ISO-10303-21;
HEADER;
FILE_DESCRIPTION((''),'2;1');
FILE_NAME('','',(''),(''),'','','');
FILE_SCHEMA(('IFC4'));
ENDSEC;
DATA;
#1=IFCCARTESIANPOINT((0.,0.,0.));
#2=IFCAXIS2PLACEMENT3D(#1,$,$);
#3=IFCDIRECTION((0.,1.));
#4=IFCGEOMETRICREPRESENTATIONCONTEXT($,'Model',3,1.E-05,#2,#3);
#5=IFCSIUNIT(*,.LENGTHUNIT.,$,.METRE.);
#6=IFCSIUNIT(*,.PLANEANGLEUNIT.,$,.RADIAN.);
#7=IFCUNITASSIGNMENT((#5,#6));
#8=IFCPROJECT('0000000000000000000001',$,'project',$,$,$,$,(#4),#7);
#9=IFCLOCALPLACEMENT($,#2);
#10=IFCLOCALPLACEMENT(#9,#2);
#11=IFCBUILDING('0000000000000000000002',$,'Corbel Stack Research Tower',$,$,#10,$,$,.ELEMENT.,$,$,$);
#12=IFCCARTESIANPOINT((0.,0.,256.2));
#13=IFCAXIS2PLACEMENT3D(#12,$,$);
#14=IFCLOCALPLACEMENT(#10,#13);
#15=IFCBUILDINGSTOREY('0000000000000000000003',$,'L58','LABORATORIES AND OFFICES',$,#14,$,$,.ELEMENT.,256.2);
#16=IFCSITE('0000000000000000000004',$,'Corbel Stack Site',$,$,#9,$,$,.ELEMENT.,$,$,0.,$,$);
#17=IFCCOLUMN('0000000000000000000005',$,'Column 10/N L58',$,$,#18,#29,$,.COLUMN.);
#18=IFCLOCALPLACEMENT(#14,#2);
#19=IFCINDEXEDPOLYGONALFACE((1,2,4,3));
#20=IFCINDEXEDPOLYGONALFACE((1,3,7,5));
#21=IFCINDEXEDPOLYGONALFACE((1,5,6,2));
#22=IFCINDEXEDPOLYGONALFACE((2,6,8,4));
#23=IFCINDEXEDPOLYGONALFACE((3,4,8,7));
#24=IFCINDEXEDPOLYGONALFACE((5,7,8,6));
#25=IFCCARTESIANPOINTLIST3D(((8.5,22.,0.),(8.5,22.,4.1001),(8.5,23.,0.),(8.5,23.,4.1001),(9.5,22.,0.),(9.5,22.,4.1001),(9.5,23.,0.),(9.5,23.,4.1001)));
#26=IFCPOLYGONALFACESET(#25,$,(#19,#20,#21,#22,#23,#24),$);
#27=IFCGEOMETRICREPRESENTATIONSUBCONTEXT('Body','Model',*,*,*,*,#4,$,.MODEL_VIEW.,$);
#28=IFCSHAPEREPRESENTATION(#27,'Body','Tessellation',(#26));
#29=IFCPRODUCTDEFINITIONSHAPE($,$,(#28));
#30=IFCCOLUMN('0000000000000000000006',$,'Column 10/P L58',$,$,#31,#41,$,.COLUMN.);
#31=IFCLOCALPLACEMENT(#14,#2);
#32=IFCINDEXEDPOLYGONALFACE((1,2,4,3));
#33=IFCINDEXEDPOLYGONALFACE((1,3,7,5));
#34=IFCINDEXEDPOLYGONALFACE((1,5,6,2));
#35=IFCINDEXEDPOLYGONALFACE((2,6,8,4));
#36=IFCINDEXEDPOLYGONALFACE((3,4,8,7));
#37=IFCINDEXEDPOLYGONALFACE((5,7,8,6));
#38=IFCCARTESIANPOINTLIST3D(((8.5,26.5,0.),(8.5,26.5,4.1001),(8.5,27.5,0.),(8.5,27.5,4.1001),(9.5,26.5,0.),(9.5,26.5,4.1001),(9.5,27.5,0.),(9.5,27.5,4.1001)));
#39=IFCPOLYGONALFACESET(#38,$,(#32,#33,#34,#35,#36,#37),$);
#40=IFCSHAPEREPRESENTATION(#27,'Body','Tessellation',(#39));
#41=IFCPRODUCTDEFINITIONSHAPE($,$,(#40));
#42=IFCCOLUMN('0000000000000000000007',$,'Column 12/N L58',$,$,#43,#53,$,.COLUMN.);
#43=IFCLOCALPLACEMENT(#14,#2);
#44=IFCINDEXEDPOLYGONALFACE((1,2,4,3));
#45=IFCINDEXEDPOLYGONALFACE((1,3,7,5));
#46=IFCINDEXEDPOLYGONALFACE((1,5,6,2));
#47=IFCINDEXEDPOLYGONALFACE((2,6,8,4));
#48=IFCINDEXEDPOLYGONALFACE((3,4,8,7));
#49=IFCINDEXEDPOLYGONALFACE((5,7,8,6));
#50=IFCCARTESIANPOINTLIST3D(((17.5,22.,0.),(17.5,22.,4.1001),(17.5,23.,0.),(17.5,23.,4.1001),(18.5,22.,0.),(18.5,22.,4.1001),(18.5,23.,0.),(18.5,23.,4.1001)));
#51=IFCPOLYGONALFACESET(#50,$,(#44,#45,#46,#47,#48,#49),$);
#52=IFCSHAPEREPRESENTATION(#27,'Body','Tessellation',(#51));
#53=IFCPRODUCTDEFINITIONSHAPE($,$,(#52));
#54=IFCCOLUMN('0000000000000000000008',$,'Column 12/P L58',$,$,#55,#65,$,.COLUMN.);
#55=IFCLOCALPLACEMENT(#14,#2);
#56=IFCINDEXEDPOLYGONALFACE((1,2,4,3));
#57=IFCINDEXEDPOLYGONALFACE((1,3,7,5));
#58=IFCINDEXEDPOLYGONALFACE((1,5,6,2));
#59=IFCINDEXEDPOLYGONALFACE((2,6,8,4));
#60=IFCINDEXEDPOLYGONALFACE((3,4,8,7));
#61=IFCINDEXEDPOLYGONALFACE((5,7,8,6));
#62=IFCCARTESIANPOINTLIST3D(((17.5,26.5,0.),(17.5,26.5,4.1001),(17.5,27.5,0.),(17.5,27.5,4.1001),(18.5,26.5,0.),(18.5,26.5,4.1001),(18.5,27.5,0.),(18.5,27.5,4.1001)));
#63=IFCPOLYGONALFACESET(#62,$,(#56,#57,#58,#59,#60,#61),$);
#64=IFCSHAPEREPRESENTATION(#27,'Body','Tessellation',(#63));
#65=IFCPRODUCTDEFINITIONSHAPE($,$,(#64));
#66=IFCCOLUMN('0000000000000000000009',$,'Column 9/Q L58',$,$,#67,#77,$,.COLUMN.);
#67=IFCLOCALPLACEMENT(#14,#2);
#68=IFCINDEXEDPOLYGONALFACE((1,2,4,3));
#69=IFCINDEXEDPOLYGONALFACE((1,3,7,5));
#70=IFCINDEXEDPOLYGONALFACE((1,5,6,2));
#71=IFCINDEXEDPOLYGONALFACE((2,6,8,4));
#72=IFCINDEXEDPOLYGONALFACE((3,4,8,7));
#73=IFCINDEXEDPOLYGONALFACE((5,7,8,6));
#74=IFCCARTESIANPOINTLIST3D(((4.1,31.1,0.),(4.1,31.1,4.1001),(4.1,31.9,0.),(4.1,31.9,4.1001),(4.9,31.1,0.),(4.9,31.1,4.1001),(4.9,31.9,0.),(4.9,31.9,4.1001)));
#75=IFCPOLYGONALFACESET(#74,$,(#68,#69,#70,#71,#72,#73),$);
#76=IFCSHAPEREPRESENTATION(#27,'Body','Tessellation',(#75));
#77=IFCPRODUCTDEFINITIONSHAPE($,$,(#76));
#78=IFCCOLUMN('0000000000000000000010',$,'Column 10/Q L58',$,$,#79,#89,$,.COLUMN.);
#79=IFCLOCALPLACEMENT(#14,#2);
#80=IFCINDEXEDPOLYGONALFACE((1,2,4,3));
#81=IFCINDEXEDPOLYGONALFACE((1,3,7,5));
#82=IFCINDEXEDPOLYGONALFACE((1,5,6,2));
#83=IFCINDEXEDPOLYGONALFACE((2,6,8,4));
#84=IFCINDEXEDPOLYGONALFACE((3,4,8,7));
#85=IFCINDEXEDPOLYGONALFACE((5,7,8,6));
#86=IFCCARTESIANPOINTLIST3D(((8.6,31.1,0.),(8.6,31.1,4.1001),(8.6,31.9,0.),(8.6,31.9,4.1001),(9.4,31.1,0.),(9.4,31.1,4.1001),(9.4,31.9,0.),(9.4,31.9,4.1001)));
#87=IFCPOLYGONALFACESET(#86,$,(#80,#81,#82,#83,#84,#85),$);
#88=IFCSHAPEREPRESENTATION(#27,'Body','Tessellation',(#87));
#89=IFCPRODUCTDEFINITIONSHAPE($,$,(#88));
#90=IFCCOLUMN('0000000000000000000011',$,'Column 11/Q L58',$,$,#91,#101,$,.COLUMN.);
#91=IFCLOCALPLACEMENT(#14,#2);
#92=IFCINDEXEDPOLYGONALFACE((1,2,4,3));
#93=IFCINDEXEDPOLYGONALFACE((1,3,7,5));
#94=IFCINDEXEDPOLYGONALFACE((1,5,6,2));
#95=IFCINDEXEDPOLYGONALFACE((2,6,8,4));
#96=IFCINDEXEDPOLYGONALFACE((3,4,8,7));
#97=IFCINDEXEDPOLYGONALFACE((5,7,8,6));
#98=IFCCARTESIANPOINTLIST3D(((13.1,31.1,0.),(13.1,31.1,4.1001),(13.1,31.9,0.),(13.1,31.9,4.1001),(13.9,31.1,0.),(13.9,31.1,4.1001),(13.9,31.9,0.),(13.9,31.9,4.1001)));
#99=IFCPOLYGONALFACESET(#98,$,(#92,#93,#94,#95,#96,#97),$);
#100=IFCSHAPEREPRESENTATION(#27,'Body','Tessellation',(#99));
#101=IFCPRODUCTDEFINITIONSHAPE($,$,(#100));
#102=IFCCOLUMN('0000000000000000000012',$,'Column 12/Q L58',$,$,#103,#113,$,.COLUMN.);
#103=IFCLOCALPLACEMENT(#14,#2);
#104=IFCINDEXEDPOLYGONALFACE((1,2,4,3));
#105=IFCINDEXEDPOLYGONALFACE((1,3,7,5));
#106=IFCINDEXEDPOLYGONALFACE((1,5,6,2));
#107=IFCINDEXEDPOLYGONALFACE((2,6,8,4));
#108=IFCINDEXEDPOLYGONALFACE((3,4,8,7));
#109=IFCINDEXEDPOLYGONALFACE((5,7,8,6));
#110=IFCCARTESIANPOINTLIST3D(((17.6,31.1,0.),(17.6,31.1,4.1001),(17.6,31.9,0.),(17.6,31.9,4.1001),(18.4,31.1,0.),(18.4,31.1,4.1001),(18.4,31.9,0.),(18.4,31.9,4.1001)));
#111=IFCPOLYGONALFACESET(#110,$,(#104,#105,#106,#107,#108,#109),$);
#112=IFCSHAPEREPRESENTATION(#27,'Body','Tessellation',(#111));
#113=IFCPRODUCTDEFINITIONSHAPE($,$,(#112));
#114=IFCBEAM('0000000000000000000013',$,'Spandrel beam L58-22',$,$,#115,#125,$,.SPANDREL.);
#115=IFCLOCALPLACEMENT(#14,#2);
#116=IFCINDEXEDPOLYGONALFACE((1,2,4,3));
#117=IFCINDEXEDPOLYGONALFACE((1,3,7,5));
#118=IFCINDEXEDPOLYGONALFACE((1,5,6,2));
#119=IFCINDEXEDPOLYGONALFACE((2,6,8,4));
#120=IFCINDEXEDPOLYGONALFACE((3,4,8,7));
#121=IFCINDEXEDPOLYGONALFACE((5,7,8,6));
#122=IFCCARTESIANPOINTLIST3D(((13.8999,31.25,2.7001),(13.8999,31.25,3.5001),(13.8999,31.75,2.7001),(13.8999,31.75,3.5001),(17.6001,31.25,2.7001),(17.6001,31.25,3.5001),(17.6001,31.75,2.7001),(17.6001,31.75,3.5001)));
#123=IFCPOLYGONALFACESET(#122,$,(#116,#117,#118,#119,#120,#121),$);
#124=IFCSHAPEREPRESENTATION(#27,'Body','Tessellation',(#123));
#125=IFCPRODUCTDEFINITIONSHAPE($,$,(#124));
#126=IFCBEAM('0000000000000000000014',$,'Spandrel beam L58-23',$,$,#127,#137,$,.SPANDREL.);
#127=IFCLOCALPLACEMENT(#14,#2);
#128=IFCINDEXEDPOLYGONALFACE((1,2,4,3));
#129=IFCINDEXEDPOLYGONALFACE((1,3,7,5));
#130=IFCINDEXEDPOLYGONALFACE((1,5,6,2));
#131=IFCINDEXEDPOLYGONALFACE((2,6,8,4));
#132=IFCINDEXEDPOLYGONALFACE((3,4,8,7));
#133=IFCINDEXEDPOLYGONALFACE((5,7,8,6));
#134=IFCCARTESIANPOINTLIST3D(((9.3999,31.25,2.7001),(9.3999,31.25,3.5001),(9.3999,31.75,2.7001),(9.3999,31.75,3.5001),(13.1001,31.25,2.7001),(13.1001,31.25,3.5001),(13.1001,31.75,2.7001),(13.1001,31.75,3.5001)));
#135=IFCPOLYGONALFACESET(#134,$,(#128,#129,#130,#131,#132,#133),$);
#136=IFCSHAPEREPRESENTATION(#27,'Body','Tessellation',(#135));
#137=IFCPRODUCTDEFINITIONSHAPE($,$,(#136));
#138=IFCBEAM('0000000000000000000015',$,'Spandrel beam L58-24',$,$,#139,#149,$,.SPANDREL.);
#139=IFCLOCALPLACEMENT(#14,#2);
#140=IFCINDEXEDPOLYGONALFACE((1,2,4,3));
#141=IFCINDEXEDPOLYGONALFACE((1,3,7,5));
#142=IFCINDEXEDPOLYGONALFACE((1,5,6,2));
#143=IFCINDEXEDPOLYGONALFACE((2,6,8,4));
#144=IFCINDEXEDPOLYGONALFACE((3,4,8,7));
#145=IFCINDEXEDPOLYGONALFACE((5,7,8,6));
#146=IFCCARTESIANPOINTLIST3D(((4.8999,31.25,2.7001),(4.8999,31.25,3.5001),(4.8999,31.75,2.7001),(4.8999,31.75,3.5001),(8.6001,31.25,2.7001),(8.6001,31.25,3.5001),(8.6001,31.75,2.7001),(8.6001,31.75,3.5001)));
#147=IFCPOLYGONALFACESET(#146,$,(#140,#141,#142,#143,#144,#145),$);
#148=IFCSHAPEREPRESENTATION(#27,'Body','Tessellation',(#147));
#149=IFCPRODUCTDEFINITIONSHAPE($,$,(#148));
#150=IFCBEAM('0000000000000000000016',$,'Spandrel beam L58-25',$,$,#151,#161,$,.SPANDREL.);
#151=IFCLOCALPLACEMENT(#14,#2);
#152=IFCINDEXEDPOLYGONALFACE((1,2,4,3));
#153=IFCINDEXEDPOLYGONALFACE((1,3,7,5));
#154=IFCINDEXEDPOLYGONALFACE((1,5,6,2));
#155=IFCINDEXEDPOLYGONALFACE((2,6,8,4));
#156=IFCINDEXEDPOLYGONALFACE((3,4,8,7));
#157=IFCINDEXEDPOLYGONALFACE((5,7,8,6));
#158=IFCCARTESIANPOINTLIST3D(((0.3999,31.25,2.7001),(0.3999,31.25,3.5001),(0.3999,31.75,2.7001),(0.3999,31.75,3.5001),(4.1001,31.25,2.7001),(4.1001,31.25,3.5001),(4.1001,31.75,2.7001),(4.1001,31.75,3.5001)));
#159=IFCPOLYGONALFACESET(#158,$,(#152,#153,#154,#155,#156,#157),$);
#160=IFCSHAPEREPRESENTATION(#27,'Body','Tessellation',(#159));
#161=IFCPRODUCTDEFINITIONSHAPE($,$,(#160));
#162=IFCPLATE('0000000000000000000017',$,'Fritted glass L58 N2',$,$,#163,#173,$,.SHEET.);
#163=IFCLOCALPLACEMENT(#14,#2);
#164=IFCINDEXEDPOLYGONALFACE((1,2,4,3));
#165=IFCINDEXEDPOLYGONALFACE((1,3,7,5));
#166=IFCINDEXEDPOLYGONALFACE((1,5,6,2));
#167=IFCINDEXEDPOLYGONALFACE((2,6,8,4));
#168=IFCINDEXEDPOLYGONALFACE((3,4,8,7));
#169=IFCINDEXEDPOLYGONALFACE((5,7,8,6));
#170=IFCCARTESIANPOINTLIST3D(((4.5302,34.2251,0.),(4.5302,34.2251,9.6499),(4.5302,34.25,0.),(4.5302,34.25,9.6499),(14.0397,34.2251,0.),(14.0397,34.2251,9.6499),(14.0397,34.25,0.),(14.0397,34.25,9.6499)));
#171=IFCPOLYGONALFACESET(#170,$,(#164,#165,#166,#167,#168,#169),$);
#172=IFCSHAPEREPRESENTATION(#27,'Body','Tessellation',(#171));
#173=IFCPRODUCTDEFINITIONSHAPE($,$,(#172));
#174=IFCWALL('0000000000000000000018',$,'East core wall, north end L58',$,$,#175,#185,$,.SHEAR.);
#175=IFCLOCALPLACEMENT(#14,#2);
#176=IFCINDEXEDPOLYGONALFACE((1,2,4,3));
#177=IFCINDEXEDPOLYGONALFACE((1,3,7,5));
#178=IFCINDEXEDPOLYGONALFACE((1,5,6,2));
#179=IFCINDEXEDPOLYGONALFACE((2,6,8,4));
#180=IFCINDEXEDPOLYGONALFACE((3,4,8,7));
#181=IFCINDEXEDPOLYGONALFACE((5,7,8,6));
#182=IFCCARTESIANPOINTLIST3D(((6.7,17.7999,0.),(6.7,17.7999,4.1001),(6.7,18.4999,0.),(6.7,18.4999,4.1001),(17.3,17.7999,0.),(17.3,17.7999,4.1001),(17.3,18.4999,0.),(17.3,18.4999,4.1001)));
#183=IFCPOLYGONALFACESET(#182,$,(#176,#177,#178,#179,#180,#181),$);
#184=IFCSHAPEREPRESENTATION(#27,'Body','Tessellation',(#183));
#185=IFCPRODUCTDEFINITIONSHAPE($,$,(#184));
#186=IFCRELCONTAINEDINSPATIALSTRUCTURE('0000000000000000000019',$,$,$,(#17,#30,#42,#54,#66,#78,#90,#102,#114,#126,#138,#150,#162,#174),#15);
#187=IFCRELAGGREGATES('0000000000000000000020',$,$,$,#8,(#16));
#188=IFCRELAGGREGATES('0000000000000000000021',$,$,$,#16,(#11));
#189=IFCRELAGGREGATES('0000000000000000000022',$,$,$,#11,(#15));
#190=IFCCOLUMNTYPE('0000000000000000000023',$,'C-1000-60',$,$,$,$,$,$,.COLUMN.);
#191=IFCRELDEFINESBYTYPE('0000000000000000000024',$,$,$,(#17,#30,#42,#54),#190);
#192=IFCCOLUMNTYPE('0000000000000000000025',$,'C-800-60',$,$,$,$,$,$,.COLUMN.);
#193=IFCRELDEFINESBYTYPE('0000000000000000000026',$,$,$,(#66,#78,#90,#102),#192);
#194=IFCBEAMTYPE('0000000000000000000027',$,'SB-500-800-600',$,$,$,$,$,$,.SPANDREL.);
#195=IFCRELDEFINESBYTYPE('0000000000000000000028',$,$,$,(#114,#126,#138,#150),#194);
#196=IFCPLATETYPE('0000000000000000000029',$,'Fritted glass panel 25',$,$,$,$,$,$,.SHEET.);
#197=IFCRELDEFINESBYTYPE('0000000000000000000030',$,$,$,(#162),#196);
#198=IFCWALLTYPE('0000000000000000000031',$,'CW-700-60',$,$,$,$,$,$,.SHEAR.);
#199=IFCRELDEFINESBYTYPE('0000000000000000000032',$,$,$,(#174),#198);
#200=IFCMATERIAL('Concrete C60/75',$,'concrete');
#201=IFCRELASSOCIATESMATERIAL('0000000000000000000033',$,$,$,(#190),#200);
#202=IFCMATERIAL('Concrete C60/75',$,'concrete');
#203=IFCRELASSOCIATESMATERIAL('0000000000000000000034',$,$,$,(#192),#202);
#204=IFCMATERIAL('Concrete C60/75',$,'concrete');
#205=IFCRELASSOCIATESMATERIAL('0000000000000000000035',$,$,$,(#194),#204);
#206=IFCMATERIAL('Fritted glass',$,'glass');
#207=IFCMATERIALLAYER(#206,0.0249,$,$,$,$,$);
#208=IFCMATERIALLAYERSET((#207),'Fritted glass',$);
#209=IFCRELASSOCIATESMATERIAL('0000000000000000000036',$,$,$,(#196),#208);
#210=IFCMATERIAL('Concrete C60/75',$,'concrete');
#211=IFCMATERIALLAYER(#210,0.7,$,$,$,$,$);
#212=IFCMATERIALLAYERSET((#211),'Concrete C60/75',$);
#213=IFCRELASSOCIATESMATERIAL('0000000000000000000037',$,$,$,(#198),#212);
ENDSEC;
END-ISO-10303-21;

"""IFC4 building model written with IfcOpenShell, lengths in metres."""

from ifc_helpers import new_model, si_unit, direction, frame, frame_2d, origin, origin_2d, place, context, subcontext, project, spatial, rectangle, extrude, material, layer, layer_set, material_profile, profile_set, type_object, element, save


model = new_model("IFC4")

# Units and contexts
model_context = context("Model", 3, precision=1e-05, world=origin(), true_north=direction((0.0, 1.0)))
body_context = subcontext(model_context, "Body", "Model", "MODEL_VIEW")
ifc_project = project(units=[si_unit("LENGTHUNIT", "METRE"), si_unit("PLANEANGLEUNIT", "RADIAN")], contexts=[model_context])

# Site, building, storey
site_placement = place(None, origin())
site = spatial("IfcSite", under=ifc_project, at=site_placement, Name="Corbel Stack Site", CompositionType="ELEMENT", RefElevation=0.0)
building_placement = place(site_placement, origin())
building = spatial("IfcBuilding", under=site, at=building_placement, Name="Corbel Stack Research Tower", CompositionType="ELEMENT")
storey_placement = place(building_placement, frame((0.0, 0.0, 256.2)))
storey = spatial("IfcBuildingStorey", under=building, at=storey_placement, Name="L58", Description="LABORATORIES AND OFFICES", CompositionType="ELEMENT", Elevation=256.2)

# Columns
ifc_material_1 = material(Name="Concrete C60/75", Category="concrete")
ifc_material_profile_1 = material_profile(ifc_material_1, rectangle(XDim=1.0, YDim=1.0, at=origin_2d()), Name="RC 1000 x 1000")
ifc_profile_set_1 = profile_set([ifc_material_profile_1], Name="Concrete C60/75")
column_type_1 = type_object("IfcColumnType", Name="C-1000-60", PredefinedType="COLUMN", material=ifc_profile_set_1)
for number, where, z_axis, x_axis, name in (
    (1, (9.0, 22.5, 0.0), (0.0, 0.0, 1.0), (1.0, 0.0, 0.0), "Column 10/N L58"),
    (2, (9.0, 27.0, 0.0), (0.0, 0.0, 1.0), (1.0, 0.0, 0.0), "Column 10/P L58"),
    (3, (18.0, 22.5, 0.0), (0.0, 0.0, 1.0), (1.0, 0.0, 0.0), "Column 12/N L58"),
    (4, (18.0, 27.0, 0.0), (0.0, 0.0, 1.0), (1.0, 0.0, 0.0), "Column 12/P L58"),
):
    element("IfcColumn", number, at=place(storey_placement, frame(where, z_axis=z_axis, x_axis=x_axis)), inside=storey, type_object=column_type_1, Name=name, PredefinedType="COLUMN", context=body_context, shape_type="SweptSolid", body=[
        extrude(rectangle(XDim=1.0, YDim=1.0, at=origin_2d()), origin(), (0.0, 0.0, 1.0), 4.1001),
    ])
ifc_material_2 = material(Name="Concrete C60/75", Category="concrete")
ifc_material_profile_2 = material_profile(ifc_material_2, rectangle(XDim=0.8, YDim=0.8, at=origin_2d()), Name="RC 800 x 800")
ifc_profile_set_2 = profile_set([ifc_material_profile_2], Name="Concrete C60/75")
column_type_2 = type_object("IfcColumnType", Name="C-800-60", PredefinedType="COLUMN", material=ifc_profile_set_2)
for number, where, z_axis, x_axis, name in (
    (5, (4.5, 31.5, 0.0), (0.0, 0.0, 1.0), (1.0, 0.0, 0.0), "Column 9/Q L58"),
    (6, (9.0, 31.5, 0.0), (0.0, 0.0, 1.0), (1.0, 0.0, 0.0), "Column 10/Q L58"),
    (7, (13.5, 31.5, 0.0), (0.0, 0.0, 1.0), (1.0, 0.0, 0.0), "Column 11/Q L58"),
    (8, (18.0, 31.5, 0.0), (0.0, 0.0, 1.0), (1.0, 0.0, 0.0), "Column 12/Q L58"),
):
    element("IfcColumn", number, at=place(storey_placement, frame(where, z_axis=z_axis, x_axis=x_axis)), inside=storey, type_object=column_type_2, Name=name, PredefinedType="COLUMN", context=body_context, shape_type="SweptSolid", body=[
        extrude(rectangle(XDim=0.8, YDim=0.8, at=origin_2d()), origin(), (0.0, 0.0, 1.0), 4.1001),
    ])

# Beams
ifc_material_3 = material(Name="Concrete C60/75", Category="concrete")
ifc_material_profile_3 = material_profile(ifc_material_3, rectangle(XDim=0.5, YDim=0.8, at=origin_2d()), Name="RC 500 x 800")
ifc_profile_set_3 = profile_set([ifc_material_profile_3], Name="Concrete C60/75")
beam_type = type_object("IfcBeamType", Name="SB-500-800-600", PredefinedType="SPANDREL", material=ifc_profile_set_3)
for number, where, z_axis, x_axis, name in (
    (9, (17.6001, 31.5, 3.1001), (-1.0, 0.0, 0.0), (0.0, -1.0, 0.0), "Spandrel beam L58-22"),
    (10, (13.1001, 31.5, 3.1001), (-1.0, 0.0, 0.0), (0.0, -1.0, 0.0), "Spandrel beam L58-23"),
    (11, (8.6001, 31.5, 3.1001), (-1.0, 0.0, 0.0), (0.0, -1.0, 0.0), "Spandrel beam L58-24"),
    (12, (4.1001, 31.5, 3.1001), (-1.0, 0.0, 0.0), (0.0, -1.0, 0.0), "Spandrel beam L58-25"),
):
    element("IfcBeam", number, at=place(storey_placement, frame(where, z_axis=z_axis, x_axis=x_axis)), inside=storey, type_object=beam_type, Name=name, PredefinedType="SPANDREL", context=body_context, shape_type="SweptSolid", body=[
        extrude(rectangle(XDim=0.5, YDim=0.8, at=origin_2d()), origin(), (0.0, 0.0, 1.0), 3.7002),
    ])

# Plate
ifc_material_4 = material(Name="Fritted glass", Category="glass")
ifc_layer_1 = layer(ifc_material_4, 0.0249)
ifc_layer_set_1 = layer_set([ifc_layer_1], Name="Fritted glass")
plate_type = type_object("IfcPlateType", Name="Fritted glass panel 25", PredefinedType="SHEET", material=ifc_layer_set_1)
plate_placement = place(storey_placement, frame((9.2849, 34.2375, 0.0), z_axis=(0.0, 0.0, 1.0), x_axis=(-1.0, 0.0, 0.0)))
element("IfcPlate", 13, at=plate_placement, inside=storey, type_object=plate_type, Name="Fritted glass L58 N2", PredefinedType="SHEET", context=body_context, shape_type="SweptSolid", body=[
    extrude(rectangle(XDim=9.5095, YDim=0.0249, at=origin_2d()), origin(), (0.0, 0.0, 1.0), 9.6499),
])

# Wall
ifc_material_5 = material(Name="Concrete C60/75", Category="concrete")
ifc_layer_2 = layer(ifc_material_5, 0.7)
ifc_layer_set_2 = layer_set([ifc_layer_2], Name="Concrete C60/75")
wall_type_1 = type_object("IfcWallType", Name="CW-700-60", PredefinedType="SHEAR", material=ifc_layer_set_2)
wall_1_placement = place(storey_placement, frame((6.7, 18.1499, 0.0), z_axis=(0.0, 0.0, 1.0), x_axis=(1.0, 0.0, 0.0)))
element("IfcWall", 14, at=wall_1_placement, inside=storey, type_object=wall_type_1, Name="East core wall, north end L58", PredefinedType="SHEAR", context=body_context, shape_type="SweptSolid", body=[
    extrude(rectangle(XDim=10.6001, YDim=0.7, at=frame_2d((5.3, 0.0))), origin(), (0.0, 0.0, 1.0), 4.1001),
])

save(model, "model.ifc")
